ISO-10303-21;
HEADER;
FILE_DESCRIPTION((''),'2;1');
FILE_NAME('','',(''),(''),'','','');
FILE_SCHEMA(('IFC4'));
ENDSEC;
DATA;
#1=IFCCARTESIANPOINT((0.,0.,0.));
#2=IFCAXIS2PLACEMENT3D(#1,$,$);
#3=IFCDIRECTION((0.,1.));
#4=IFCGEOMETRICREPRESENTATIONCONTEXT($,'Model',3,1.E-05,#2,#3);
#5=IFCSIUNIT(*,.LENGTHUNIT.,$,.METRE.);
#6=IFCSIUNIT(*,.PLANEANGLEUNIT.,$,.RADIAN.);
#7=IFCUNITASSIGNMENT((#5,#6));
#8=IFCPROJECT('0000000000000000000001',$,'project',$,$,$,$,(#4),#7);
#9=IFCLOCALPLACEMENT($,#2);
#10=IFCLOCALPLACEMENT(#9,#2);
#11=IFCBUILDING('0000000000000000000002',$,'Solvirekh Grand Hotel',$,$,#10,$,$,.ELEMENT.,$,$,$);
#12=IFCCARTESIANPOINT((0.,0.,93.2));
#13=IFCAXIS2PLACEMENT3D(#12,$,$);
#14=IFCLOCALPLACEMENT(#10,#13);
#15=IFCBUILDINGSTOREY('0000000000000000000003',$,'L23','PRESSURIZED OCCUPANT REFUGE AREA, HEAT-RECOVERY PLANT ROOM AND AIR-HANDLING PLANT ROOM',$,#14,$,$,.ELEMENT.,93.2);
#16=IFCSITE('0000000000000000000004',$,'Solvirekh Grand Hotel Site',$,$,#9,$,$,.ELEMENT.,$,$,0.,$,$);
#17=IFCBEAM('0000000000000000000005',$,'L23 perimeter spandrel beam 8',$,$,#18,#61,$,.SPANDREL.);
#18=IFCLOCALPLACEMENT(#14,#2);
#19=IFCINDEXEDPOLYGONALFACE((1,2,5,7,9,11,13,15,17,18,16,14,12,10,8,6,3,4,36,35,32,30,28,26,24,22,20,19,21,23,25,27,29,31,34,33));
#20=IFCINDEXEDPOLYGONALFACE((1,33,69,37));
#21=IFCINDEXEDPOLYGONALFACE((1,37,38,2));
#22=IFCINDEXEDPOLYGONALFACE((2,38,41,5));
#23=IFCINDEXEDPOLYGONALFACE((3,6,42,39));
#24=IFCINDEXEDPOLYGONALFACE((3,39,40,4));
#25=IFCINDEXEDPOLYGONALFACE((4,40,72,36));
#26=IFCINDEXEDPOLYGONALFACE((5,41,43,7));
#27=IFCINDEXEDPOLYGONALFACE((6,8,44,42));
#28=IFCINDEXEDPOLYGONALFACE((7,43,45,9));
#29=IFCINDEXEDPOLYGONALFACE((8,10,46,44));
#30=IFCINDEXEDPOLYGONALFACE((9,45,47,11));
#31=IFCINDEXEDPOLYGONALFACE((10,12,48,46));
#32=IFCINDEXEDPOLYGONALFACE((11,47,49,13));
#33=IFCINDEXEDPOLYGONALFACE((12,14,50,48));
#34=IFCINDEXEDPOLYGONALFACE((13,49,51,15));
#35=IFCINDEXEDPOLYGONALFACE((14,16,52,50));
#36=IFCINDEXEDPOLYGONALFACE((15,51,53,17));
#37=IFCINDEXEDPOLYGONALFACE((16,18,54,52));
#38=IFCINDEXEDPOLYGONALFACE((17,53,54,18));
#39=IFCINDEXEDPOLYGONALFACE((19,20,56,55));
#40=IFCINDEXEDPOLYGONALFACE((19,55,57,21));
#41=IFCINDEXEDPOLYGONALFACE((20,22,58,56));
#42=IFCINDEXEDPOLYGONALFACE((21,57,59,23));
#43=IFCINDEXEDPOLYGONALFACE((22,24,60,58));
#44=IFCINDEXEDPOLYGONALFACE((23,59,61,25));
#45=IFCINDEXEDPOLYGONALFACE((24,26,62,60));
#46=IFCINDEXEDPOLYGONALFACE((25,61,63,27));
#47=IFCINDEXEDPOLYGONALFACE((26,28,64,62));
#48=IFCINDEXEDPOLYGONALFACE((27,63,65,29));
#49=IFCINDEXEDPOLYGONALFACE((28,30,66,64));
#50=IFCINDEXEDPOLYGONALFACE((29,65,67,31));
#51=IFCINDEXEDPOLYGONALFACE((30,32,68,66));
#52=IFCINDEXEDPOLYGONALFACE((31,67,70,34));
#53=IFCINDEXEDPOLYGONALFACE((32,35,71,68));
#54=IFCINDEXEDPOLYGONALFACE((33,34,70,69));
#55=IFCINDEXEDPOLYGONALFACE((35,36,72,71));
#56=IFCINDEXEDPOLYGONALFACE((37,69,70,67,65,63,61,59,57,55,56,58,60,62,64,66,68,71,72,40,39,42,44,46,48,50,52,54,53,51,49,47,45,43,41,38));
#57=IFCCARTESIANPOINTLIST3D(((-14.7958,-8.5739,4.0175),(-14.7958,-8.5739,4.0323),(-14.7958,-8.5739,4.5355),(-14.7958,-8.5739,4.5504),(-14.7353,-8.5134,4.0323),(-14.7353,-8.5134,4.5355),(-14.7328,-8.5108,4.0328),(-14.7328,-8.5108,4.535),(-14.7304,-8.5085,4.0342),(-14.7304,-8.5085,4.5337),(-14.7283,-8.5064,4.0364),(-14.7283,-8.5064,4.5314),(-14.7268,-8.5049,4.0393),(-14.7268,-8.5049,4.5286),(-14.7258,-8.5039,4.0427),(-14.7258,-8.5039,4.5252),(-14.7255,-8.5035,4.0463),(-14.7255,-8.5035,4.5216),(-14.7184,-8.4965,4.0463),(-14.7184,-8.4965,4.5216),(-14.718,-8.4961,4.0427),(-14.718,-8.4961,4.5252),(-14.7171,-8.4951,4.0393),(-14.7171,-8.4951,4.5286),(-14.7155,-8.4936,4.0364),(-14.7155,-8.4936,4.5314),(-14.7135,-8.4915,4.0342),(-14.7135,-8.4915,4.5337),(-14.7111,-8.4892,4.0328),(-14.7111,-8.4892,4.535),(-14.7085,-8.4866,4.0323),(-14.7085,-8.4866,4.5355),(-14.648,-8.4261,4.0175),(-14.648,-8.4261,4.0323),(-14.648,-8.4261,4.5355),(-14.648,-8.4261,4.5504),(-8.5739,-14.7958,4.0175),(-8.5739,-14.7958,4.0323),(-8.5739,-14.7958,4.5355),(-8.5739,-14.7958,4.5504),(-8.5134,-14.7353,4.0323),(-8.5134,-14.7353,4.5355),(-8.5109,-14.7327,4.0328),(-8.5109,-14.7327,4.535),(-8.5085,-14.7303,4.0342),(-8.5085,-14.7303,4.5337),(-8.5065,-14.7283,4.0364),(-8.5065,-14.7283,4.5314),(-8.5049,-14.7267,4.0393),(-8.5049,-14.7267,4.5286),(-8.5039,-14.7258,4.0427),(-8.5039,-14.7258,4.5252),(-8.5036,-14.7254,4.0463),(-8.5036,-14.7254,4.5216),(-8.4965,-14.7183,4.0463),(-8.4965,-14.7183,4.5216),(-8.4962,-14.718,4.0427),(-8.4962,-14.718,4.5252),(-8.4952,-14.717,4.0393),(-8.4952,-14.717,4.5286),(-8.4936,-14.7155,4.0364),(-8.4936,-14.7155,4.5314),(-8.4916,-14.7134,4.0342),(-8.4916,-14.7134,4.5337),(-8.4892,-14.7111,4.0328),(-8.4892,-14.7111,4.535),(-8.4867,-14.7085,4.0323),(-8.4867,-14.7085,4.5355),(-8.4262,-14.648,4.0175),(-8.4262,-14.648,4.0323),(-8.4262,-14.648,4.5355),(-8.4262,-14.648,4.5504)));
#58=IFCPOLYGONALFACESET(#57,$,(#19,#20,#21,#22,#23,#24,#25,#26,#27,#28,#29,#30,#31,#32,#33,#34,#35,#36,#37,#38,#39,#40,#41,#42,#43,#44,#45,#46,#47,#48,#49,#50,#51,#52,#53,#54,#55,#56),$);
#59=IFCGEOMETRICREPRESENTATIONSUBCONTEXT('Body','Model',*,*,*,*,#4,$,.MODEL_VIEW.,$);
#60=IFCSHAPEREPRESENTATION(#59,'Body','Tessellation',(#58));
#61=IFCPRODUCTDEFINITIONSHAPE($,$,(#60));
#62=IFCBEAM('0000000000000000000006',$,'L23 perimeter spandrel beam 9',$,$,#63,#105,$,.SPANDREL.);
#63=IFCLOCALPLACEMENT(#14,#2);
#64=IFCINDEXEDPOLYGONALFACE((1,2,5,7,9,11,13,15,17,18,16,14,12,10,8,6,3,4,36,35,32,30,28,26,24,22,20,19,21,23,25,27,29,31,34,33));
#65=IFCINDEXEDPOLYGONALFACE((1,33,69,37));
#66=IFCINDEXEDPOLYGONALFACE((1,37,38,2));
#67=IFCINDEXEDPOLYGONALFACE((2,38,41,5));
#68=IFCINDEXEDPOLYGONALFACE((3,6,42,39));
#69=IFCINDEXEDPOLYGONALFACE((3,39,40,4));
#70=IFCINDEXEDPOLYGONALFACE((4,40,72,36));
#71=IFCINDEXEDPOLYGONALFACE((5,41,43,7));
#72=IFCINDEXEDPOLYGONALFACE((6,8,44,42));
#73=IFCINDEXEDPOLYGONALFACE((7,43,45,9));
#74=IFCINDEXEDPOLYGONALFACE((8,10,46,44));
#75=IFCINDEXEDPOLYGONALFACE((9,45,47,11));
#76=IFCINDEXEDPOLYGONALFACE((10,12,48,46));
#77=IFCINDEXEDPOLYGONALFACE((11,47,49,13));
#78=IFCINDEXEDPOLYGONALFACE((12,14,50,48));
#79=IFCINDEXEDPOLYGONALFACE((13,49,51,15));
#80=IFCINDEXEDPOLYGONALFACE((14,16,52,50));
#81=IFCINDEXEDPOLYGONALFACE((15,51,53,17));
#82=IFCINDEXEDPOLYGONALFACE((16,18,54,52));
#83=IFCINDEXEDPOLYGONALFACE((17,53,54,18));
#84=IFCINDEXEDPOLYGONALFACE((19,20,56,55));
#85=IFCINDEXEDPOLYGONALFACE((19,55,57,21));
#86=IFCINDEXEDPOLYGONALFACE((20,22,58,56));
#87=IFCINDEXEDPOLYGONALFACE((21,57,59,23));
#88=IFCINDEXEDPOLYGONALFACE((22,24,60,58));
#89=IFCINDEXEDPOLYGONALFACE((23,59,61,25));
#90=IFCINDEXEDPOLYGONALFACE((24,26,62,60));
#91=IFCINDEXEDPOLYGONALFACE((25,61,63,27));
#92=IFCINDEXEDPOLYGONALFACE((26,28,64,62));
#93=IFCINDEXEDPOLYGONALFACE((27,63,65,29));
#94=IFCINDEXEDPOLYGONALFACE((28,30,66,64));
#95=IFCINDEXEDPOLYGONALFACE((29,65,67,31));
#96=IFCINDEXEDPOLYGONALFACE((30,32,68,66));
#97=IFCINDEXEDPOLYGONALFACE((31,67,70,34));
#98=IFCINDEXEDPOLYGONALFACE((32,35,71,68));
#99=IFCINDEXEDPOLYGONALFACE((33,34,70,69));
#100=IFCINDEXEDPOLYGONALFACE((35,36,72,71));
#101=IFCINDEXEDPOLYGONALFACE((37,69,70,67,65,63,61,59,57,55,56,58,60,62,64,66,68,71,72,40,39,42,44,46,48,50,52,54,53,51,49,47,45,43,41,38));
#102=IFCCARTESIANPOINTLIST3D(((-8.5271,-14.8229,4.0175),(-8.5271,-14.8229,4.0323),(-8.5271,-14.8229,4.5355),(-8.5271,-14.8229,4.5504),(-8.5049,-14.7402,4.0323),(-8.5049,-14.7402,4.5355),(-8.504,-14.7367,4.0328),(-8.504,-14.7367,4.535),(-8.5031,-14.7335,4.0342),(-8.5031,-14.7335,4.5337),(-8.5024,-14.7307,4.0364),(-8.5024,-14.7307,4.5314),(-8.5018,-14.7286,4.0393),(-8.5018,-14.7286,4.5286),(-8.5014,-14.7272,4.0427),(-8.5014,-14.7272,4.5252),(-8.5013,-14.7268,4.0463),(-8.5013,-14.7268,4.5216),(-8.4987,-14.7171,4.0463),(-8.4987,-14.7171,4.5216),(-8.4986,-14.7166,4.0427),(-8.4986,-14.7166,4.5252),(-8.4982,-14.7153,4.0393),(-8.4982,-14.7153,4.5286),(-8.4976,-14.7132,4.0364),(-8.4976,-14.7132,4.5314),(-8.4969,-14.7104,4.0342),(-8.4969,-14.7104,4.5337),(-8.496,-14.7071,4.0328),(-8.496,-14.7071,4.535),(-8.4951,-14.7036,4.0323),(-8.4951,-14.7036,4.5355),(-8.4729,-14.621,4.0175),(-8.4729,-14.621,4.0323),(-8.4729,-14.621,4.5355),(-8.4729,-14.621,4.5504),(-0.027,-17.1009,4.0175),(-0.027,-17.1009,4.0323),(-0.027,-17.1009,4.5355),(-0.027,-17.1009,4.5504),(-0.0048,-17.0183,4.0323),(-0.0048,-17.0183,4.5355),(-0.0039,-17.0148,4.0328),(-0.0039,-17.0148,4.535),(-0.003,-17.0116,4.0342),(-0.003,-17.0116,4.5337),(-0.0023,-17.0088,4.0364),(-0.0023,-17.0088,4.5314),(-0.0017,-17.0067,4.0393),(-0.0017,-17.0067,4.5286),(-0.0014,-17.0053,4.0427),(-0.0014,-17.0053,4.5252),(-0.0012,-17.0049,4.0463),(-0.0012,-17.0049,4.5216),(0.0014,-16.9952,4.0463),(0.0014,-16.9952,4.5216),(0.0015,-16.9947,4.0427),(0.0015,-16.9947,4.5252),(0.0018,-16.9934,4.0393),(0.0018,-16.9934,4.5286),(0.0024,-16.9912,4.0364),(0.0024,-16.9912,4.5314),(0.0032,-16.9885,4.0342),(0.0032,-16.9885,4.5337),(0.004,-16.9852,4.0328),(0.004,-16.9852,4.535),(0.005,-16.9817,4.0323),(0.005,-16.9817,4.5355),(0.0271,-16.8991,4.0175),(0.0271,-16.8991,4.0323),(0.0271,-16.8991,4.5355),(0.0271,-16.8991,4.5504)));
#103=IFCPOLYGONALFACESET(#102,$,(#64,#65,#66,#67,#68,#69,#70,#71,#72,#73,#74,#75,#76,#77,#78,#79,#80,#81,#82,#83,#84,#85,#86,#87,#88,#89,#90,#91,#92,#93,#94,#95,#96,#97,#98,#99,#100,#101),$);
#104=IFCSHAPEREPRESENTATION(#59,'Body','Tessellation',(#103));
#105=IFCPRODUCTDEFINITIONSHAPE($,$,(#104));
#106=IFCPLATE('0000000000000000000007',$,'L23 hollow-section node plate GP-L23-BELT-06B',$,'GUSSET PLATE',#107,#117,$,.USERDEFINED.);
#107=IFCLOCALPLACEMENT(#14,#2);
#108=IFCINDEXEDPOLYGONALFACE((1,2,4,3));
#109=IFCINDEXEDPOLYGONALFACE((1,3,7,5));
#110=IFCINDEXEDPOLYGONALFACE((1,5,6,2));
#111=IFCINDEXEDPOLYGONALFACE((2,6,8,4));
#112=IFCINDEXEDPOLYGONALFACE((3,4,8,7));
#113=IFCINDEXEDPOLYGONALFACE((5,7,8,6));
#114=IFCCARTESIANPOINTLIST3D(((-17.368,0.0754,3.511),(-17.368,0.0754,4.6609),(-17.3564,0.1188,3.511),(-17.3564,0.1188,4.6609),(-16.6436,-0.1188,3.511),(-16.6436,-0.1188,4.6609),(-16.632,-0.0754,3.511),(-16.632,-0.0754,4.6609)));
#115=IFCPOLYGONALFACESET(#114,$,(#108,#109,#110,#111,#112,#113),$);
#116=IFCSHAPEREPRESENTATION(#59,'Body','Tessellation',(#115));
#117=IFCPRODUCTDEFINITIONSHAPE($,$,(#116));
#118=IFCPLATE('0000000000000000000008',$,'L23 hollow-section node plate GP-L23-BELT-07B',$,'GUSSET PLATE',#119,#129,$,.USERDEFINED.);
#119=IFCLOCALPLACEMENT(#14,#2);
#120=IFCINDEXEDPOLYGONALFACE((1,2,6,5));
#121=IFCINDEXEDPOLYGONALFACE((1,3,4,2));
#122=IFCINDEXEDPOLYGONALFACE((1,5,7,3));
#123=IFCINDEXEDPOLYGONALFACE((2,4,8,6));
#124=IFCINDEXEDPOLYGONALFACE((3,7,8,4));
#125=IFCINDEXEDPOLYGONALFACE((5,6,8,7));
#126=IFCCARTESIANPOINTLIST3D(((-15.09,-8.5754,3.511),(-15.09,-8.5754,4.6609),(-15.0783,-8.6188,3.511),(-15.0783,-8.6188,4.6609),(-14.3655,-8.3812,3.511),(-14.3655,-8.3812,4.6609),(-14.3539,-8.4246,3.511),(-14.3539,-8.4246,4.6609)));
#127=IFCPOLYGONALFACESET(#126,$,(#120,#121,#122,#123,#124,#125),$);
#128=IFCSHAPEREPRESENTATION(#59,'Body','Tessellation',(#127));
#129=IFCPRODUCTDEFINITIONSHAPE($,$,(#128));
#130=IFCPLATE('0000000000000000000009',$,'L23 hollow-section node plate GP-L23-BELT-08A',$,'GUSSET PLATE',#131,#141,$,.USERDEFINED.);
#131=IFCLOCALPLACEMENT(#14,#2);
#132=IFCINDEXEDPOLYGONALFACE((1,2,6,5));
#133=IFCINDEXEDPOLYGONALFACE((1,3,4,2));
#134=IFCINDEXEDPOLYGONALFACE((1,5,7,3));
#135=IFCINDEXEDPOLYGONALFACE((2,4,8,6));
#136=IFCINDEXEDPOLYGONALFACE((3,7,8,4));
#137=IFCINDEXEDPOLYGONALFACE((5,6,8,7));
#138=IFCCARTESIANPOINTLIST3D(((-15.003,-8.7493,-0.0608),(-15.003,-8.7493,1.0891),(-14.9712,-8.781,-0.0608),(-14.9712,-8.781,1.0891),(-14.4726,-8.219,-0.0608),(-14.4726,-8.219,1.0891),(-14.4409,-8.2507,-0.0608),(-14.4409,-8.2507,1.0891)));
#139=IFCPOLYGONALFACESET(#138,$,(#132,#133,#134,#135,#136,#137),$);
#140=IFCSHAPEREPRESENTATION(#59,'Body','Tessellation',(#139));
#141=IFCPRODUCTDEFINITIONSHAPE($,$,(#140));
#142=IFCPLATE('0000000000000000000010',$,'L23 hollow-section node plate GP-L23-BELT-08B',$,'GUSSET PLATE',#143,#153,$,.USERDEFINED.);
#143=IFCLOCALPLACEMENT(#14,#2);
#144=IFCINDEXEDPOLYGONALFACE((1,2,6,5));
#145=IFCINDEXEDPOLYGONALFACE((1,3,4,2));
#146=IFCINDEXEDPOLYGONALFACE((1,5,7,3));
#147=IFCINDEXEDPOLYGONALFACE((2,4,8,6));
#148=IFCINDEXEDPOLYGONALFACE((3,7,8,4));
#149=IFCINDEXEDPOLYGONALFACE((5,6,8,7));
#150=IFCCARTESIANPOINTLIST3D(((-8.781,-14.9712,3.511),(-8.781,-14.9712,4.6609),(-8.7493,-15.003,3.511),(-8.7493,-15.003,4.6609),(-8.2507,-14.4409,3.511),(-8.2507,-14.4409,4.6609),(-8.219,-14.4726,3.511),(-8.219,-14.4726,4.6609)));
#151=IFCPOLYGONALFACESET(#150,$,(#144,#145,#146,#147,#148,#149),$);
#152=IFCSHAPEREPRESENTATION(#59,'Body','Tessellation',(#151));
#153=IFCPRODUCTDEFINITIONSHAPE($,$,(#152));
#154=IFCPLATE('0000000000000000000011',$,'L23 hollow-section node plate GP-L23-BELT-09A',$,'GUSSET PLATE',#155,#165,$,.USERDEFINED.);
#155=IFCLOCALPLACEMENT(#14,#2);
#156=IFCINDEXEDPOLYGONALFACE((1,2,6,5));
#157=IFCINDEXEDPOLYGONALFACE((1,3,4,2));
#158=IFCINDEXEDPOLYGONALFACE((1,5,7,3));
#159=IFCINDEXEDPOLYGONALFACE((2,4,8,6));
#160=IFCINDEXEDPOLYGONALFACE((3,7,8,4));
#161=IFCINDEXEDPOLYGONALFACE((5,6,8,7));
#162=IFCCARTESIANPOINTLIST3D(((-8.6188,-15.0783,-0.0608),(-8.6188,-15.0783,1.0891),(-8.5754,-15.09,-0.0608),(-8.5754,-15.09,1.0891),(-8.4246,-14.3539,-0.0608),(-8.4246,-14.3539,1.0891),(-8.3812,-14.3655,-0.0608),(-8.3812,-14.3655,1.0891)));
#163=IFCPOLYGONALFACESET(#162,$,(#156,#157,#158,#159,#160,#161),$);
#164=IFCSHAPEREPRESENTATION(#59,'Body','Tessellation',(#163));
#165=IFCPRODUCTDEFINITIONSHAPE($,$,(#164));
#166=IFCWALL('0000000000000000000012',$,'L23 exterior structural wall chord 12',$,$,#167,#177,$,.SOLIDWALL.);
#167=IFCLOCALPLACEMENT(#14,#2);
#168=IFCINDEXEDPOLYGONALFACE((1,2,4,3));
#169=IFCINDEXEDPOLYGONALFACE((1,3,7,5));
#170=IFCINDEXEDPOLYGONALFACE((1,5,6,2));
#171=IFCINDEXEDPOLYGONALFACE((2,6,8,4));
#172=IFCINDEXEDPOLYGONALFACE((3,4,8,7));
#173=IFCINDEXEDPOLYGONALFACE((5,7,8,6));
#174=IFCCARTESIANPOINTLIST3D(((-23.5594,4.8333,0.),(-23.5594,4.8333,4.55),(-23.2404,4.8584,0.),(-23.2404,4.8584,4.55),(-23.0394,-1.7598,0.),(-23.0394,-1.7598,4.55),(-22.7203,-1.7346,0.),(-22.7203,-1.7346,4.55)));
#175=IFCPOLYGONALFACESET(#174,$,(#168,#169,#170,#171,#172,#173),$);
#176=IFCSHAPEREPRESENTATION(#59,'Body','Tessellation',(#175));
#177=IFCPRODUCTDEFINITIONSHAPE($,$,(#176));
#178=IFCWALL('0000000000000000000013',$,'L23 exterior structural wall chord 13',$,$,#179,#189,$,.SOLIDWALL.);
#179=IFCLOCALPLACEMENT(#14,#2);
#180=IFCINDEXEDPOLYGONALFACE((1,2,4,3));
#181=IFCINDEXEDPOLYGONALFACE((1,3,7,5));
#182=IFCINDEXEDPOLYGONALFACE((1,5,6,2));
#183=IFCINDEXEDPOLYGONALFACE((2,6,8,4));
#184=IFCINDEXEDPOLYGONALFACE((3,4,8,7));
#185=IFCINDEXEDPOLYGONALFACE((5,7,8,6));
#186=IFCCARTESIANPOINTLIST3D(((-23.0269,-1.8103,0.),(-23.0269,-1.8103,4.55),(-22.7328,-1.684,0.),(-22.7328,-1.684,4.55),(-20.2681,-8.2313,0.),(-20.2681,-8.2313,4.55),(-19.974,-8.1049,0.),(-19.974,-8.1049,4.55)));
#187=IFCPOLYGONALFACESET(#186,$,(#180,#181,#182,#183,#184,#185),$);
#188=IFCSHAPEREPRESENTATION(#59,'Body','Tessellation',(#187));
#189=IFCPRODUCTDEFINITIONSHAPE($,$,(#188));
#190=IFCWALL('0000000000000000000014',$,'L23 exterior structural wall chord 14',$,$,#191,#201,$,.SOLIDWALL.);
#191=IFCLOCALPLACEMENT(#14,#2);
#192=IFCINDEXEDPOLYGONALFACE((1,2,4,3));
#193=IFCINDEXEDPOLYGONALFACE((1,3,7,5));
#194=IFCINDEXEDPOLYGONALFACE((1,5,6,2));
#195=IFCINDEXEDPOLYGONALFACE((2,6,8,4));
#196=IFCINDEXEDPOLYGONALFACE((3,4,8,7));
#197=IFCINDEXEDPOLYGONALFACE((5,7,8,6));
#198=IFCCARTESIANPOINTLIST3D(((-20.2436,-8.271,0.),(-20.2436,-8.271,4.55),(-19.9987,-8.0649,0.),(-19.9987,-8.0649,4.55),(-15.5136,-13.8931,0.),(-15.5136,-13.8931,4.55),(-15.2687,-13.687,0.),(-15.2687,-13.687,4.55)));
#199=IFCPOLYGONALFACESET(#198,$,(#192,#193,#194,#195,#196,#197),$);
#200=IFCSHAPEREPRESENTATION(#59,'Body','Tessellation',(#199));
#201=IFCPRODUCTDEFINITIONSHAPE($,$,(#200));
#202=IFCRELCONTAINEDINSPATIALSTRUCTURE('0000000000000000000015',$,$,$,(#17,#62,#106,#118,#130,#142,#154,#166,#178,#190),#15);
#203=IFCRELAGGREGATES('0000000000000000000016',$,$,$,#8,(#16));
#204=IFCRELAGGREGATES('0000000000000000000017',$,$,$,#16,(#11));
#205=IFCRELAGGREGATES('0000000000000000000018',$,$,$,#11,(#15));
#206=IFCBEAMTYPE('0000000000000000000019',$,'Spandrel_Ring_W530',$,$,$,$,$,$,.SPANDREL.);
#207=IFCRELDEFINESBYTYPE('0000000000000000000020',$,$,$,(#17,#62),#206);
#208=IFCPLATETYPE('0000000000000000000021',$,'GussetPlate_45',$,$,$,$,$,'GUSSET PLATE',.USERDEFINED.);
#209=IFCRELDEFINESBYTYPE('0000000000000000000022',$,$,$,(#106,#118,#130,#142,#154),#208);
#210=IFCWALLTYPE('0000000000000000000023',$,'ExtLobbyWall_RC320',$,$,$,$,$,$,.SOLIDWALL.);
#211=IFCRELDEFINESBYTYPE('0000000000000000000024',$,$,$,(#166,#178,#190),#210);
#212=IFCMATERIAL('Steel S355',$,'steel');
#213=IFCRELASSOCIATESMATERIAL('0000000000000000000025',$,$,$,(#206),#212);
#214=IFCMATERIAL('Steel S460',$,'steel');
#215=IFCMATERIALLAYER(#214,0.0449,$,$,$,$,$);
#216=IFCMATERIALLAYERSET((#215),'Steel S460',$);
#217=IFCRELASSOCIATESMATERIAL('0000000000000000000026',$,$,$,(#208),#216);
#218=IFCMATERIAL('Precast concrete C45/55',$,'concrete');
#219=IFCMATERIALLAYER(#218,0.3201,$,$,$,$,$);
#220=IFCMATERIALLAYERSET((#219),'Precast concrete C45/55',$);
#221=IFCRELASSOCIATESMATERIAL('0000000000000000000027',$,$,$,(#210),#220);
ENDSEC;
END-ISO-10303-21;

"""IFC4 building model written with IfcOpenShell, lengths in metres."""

from ifc_helpers import new_model, si_unit, direction, frame, frame_2d, origin, origin_2d, place, context, subcontext, project, spatial, rectangle, i_section, extrude, material, layer, layer_set, material_profile, profile_set, type_object, element, save


model = new_model("IFC4")

# Units and contexts
model_context = context("Model", 3, precision=1e-05, world=origin(), true_north=direction((0.0, 1.0)))
body_context = subcontext(model_context, "Body", "Model", "MODEL_VIEW")
ifc_project = project(units=[si_unit("LENGTHUNIT", "METRE"), si_unit("PLANEANGLEUNIT", "RADIAN")], contexts=[model_context])

# Site, building, storey
site_placement = place(None, origin())
site = spatial("IfcSite", under=ifc_project, at=site_placement, Name="Solvirekh Grand Hotel Site", CompositionType="ELEMENT", RefElevation=0.0)
building_placement = place(site_placement, origin())
building = spatial("IfcBuilding", under=site, at=building_placement, Name="Solvirekh Grand Hotel", CompositionType="ELEMENT")
storey_placement = place(building_placement, frame((0.0, 0.0, 93.2)))
storey = spatial("IfcBuildingStorey", under=building, at=storey_placement, Name="L23", Description="PRESSURIZED OCCUPANT REFUGE AREA, HEAT-RECOVERY PLANT ROOM AND AIR-HANDLING PLANT ROOM", CompositionType="ELEMENT", Elevation=93.2)

# Shared definitions
ifc_material_1 = material(Name="Steel S460", Category="steel")

# Beams
ifc_material_2 = material(Name="Steel S355", Category="steel")
ifc_material_profile_1 = material_profile(ifc_material_2, i_section(OverallWidth=0.209, OverallDepth=0.533, WebThickness=0.01, FlangeThickness=0.0149, FilletRadius=0.0139, at=origin_2d()), Name="W530X92")
ifc_profile_set_1 = profile_set([ifc_material_profile_1], Name="Steel S355")
beam_type = type_object("IfcBeamType", Name="Spandrel_Ring_W530", PredefinedType="SPANDREL", material=ifc_profile_set_1)
beam_1_placement = place(storey_placement, frame((-14.7219, -8.5, 4.2839), z_axis=(0.707107, -0.707107, 0.0), x_axis=(0.707107, 0.707107, 0.0)))
element("IfcBeam", 1, at=beam_1_placement, inside=storey, type_object=beam_type, Name="L23 perimeter spandrel beam 8", PredefinedType="SPANDREL", context=body_context, shape_type="SweptSolid", body=[
    extrude(i_section(OverallWidth=0.209, OverallDepth=0.533, WebThickness=0.01, FlangeThickness=0.0149, FilletRadius=0.0139, at=origin_2d()), origin(), (0.0, 0.0, 1.0), 8.7991),
])
beam_2_placement = place(storey_placement, frame((-8.5, -14.7219, 4.2839), z_axis=(0.965911, -0.258873, 0.0), x_axis=(0.258873, 0.965911, 0.0)))
element("IfcBeam", 2, at=beam_2_placement, inside=storey, type_object=beam_type, Name="L23 perimeter spandrel beam 9", PredefinedType="SPANDREL", context=body_context, shape_type="SweptSolid", body=[
    extrude(i_section(OverallWidth=0.209, OverallDepth=0.533, WebThickness=0.01, FlangeThickness=0.0149, FilletRadius=0.0139, at=origin_2d()), origin(), (0.0, 0.0, 1.0), 8.8),
])

# Plates
ifc_layer_1 = layer(ifc_material_1, 0.0449)
ifc_layer_set_1 = layer_set([ifc_layer_1], Name="Steel S460")
plate_type = type_object("IfcPlateType", Name="GussetPlate_45", ElementType="GUSSET PLATE", PredefinedType="USERDEFINED", material=ifc_layer_set_1)
for number, where, z_axis, x_axis, name in (
    (3, (-17.0, 0.0, 3.511), (0.0, 0.0, 1.0), (-0.258819, -0.965926, 0.0), "L23 hollow-section node plate GP-L23-BELT-06B"),
    (4, (-14.7219, -8.5, 3.511), (0.0, 0.0, 1.0), (0.258819, -0.965926, 0.0), "L23 hollow-section node plate GP-L23-BELT-07B"),
    (5, (-14.7219, -8.5, -0.0608), (0.0, 0.0, 1.0), (0.707107, -0.707107, 0.0), "L23 hollow-section node plate GP-L23-BELT-08A"),
    (6, (-8.5, -14.7219, 3.511), (0.0, 0.0, 1.0), (0.707107, -0.707107, 0.0), "L23 hollow-section node plate GP-L23-BELT-08B"),
    (7, (-8.5, -14.7219, -0.0608), (0.0, 0.0, 1.0), (0.965926, -0.258819, 0.0), "L23 hollow-section node plate GP-L23-BELT-09A"),
):
    element("IfcPlate", number, at=place(storey_placement, frame(where, z_axis=z_axis, x_axis=x_axis)), inside=storey, type_object=plate_type, Name=name, ObjectType="GUSSET PLATE", PredefinedType="USERDEFINED", context=body_context, shape_type="SweptSolid", body=[
        extrude(rectangle(XDim=0.0449, YDim=0.75, at=origin_2d()), origin(), (0.0, 0.0, 1.0), 1.1499),
    ])

# Walls
ifc_material_3 = material(Name="Precast concrete C45/55", Category="concrete")
ifc_layer_2 = layer(ifc_material_3, 0.3201)
ifc_layer_set_2 = layer_set([ifc_layer_2], Name="Precast concrete C45/55")
wall_type_1 = type_object("IfcWallType", Name="ExtLobbyWall_RC320", PredefinedType="SOLIDWALL", material=ifc_layer_set_2)
wall_1_placement = place(storey_placement, frame((-22.8799, -1.7471, 0.0), z_axis=(0.0, 0.0, 1.0), x_axis=(-0.07863, 0.996904, 0.0)))
element("IfcWall", 8, at=wall_1_placement, inside=storey, type_object=wall_type_1, Name="L23 exterior structural wall chord 12", PredefinedType="SOLIDWALL", context=body_context, shape_type="SweptSolid", body=[
    extrude(rectangle(XDim=6.6135, YDim=0.3201, at=frame_2d((3.3066, 0.0))), origin(), (0.0, 0.0, 1.0), 4.55),
])
wall_2_placement = place(storey_placement, frame((-20.1211, -8.168, 0.0), z_axis=(0.0, 0.0, 1.0), x_axis=(-0.394762, 0.918783, 0.0)))
element("IfcWall", 9, at=wall_2_placement, inside=storey, type_object=wall_type_1, Name="L23 exterior structural wall chord 13", PredefinedType="SOLIDWALL", context=body_context, shape_type="SweptSolid", body=[
    extrude(rectangle(XDim=6.9885, YDim=0.3201, at=frame_2d((3.4941, 0.0))), origin(), (0.0, 0.0, 1.0), 4.55),
])
wall_3_placement = place(storey_placement, frame((-15.3911, -13.79, 0.0), z_axis=(0.0, 0.0, 1.0), x_axis=(-0.643786, 0.765206, 0.0)))
element("IfcWall", 10, at=wall_3_placement, inside=storey, type_object=wall_type_1, Name="L23 exterior structural wall chord 14", PredefinedType="SOLIDWALL", context=body_context, shape_type="SweptSolid", body=[
    extrude(rectangle(XDim=7.3472, YDim=0.3201, at=frame_2d((3.6736, 0.0))), origin(), (0.0, 0.0, 1.0), 4.55),
])

save(model, "model.ifc")
